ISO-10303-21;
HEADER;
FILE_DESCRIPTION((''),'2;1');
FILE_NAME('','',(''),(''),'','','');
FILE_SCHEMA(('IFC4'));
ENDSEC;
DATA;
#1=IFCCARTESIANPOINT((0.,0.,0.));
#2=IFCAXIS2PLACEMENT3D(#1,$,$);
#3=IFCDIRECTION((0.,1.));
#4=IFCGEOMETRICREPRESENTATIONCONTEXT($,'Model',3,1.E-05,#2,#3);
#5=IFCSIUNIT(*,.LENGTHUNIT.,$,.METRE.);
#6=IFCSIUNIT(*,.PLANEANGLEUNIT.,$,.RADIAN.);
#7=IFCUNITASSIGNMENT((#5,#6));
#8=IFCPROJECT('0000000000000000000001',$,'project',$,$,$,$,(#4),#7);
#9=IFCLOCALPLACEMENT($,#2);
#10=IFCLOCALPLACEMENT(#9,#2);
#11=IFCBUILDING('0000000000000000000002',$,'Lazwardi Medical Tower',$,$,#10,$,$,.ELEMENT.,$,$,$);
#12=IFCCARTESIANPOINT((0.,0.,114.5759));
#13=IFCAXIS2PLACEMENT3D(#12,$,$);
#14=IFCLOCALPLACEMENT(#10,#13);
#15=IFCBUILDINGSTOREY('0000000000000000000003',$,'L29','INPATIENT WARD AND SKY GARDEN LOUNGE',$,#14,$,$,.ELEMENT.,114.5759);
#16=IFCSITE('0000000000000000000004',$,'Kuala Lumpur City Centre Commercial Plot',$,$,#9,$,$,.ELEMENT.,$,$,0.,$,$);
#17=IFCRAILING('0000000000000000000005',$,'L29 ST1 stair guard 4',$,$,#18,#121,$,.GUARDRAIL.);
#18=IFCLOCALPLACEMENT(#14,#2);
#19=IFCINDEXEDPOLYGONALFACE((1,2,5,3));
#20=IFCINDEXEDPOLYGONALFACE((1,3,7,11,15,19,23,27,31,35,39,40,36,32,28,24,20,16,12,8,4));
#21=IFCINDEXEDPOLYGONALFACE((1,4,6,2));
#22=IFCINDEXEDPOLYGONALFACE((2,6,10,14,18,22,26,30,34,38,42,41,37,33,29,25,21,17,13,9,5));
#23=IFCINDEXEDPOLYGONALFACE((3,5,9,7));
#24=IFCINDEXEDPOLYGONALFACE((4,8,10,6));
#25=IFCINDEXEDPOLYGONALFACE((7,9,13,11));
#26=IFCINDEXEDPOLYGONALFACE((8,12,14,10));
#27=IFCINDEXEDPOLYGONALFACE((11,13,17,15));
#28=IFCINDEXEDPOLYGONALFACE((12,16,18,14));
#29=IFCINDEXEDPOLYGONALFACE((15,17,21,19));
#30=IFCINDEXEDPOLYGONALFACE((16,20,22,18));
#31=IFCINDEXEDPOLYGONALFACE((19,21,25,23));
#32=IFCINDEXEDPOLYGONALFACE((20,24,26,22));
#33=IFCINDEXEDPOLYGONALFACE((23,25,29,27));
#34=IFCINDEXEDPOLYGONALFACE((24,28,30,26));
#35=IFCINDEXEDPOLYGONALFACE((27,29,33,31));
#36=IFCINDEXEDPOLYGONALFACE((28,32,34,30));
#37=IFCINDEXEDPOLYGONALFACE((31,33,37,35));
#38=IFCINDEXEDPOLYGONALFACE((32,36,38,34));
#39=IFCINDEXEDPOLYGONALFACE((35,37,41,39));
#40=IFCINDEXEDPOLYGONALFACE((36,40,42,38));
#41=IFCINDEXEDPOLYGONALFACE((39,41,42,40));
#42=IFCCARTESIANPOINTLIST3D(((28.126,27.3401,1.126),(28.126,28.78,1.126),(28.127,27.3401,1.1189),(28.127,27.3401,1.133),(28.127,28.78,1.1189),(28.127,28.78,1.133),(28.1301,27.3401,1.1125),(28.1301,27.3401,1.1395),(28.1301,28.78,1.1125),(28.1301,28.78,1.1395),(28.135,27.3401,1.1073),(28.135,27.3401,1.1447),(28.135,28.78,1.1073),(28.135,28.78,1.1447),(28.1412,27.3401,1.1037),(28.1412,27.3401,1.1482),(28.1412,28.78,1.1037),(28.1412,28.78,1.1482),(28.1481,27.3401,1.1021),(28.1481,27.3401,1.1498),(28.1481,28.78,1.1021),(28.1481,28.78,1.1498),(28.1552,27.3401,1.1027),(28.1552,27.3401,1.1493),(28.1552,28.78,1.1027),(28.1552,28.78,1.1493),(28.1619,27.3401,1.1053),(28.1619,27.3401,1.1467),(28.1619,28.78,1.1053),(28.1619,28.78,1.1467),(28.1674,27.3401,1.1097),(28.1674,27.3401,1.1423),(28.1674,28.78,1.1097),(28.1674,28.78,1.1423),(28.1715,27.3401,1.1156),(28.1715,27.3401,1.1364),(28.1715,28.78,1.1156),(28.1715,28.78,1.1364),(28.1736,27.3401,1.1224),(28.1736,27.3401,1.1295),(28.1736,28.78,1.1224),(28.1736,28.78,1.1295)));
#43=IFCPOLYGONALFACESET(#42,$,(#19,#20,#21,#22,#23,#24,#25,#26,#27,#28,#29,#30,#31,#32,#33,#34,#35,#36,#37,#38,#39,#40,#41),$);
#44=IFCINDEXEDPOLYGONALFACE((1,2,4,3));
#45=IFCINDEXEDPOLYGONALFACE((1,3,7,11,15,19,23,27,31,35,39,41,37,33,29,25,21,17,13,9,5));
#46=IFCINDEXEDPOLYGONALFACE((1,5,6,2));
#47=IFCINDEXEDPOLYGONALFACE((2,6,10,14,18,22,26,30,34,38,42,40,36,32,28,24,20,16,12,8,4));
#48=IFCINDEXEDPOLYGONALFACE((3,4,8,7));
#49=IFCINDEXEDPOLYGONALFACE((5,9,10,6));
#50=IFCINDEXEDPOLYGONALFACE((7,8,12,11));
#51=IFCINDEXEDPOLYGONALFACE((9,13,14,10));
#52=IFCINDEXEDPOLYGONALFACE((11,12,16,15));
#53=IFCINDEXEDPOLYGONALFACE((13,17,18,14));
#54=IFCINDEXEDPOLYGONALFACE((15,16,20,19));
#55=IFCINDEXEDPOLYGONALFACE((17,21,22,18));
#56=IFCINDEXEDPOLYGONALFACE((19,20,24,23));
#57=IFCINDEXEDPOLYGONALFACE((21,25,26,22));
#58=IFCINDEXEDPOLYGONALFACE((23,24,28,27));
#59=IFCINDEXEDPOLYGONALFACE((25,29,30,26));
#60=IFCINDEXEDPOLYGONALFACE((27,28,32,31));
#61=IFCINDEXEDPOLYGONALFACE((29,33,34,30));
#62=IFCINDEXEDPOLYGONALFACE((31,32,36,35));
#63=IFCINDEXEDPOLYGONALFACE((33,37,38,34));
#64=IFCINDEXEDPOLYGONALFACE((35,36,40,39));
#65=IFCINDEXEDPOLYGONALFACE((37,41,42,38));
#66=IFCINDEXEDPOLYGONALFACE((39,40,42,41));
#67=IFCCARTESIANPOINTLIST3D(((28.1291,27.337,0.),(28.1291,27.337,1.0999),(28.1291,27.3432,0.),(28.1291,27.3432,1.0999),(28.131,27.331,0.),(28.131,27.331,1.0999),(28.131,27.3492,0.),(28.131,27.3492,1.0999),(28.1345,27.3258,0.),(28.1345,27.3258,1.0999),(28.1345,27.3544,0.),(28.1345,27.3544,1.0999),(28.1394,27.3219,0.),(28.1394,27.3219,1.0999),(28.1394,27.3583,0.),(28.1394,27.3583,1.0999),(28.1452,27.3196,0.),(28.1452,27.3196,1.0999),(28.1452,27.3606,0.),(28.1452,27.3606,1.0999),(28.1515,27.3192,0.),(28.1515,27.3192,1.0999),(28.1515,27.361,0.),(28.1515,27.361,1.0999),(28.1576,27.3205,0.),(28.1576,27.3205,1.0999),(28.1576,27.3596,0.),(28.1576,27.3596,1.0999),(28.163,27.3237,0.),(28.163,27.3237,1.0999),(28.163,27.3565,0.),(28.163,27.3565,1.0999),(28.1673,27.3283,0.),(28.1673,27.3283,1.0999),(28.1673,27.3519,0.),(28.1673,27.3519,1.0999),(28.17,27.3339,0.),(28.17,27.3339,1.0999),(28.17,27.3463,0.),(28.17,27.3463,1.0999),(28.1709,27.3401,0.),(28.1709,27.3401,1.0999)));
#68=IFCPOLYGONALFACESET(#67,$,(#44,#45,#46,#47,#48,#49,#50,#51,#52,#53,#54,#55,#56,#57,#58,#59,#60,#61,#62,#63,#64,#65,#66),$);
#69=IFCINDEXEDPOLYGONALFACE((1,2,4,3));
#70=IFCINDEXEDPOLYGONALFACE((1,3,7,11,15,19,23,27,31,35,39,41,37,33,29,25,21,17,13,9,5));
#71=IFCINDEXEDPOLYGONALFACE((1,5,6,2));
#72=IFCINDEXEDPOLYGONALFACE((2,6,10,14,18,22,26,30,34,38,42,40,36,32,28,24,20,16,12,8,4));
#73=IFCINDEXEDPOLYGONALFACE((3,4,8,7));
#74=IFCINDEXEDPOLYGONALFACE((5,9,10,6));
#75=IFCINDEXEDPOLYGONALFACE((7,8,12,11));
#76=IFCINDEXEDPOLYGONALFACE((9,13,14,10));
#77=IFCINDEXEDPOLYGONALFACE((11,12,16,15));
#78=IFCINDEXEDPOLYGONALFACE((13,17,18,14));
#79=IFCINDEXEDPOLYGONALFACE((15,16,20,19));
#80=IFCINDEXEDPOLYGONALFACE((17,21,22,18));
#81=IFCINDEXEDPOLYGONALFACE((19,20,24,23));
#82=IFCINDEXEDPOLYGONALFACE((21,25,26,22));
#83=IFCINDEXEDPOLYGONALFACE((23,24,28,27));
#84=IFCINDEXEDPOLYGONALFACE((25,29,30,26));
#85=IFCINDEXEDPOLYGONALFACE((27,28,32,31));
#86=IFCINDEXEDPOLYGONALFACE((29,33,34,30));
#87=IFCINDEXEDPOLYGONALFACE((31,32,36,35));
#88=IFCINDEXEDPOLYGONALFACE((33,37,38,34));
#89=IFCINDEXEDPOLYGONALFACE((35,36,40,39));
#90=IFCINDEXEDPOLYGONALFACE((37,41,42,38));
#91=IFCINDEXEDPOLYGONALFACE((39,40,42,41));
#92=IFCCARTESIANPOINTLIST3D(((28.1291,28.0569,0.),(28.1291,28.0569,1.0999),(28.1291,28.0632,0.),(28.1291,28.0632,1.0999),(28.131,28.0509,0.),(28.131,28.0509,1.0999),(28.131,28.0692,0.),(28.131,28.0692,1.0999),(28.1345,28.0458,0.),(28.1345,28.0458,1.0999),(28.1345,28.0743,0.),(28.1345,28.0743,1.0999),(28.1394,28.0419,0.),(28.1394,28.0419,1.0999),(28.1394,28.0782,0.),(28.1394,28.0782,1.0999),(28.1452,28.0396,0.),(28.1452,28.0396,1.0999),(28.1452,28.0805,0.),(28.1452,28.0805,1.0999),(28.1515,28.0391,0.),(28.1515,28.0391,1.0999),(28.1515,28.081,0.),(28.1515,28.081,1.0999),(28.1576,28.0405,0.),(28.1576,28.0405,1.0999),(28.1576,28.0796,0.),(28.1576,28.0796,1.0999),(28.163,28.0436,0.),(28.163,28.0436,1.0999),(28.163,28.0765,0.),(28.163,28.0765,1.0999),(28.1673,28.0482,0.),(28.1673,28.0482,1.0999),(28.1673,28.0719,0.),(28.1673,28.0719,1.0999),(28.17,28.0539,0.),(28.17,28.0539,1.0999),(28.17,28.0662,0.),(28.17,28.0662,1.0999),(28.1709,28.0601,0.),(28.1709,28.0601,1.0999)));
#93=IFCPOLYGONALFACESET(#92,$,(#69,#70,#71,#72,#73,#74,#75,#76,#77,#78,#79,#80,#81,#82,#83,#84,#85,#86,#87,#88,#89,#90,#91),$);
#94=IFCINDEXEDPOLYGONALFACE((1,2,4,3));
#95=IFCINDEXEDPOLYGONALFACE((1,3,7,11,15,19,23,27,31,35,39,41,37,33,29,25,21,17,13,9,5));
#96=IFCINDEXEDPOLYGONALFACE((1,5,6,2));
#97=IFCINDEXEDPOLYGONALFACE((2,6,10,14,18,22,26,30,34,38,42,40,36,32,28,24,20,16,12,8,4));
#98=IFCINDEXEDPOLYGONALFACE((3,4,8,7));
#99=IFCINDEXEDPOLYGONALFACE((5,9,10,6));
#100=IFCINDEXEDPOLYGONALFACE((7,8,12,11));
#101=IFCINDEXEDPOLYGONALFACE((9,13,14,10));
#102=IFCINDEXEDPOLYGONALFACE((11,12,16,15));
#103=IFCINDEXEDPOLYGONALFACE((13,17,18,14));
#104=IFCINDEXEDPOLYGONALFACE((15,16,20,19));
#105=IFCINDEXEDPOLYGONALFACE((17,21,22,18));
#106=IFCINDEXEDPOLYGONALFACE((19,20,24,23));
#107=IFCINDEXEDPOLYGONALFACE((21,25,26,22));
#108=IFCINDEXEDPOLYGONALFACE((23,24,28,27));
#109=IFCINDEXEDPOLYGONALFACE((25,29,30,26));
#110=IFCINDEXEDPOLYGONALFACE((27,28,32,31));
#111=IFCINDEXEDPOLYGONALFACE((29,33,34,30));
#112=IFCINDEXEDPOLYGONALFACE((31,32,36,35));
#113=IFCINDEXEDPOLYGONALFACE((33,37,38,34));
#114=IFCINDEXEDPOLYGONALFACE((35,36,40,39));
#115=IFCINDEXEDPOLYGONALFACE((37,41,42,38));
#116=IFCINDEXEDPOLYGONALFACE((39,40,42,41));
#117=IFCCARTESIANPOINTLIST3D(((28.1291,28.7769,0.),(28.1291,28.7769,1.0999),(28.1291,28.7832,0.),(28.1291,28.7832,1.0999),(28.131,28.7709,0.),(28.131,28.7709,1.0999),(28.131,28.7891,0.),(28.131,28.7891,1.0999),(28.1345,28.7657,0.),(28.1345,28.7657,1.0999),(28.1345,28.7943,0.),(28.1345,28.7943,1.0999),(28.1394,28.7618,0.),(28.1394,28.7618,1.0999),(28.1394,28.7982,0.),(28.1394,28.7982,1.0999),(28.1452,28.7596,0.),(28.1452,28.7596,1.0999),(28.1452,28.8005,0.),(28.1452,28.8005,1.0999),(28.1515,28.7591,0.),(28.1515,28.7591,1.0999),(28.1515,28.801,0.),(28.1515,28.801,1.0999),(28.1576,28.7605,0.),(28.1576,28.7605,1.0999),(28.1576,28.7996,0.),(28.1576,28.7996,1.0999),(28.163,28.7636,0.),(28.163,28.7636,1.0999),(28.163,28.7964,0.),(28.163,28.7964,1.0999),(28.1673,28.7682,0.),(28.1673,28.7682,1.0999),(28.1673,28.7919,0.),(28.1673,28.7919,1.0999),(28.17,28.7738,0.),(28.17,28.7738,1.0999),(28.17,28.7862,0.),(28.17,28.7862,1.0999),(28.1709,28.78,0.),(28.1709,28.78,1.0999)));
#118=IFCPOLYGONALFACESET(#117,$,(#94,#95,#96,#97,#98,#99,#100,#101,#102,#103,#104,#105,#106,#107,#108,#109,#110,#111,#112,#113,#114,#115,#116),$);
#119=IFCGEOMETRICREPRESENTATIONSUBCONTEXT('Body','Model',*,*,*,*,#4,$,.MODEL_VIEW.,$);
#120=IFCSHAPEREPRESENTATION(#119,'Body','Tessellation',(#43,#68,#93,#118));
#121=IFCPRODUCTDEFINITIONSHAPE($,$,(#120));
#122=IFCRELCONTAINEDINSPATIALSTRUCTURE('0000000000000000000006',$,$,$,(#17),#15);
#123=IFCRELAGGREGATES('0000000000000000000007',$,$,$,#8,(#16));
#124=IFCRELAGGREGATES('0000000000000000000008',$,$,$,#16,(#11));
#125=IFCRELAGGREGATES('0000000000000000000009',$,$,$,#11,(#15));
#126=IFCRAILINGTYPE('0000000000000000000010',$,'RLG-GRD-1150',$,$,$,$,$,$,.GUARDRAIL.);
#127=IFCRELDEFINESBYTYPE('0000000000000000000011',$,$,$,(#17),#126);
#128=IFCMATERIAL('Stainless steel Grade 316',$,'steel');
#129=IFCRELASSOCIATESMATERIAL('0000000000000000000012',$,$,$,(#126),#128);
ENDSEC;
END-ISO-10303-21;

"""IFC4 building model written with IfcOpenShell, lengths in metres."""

from ifc_helpers import new_model, si_unit, direction, frame, origin, origin_2d, place, context, subcontext, project, spatial, circle, extrude, material, type_object, element, save


model = new_model("IFC4")

# Units and contexts
model_context = context("Model", 3, precision=1e-05, world=origin(), true_north=direction((0.0, 1.0)))
body_context = subcontext(model_context, "Body", "Model", "MODEL_VIEW")
ifc_project = project(units=[si_unit("LENGTHUNIT", "METRE"), si_unit("PLANEANGLEUNIT", "RADIAN")], contexts=[model_context])

# Site, building, storey
site_placement = place(None, origin())
site = spatial("IfcSite", under=ifc_project, at=site_placement, Name="Kuala Lumpur City Centre Commercial Plot", CompositionType="ELEMENT", RefElevation=0.0)
building_placement = place(site_placement, origin())
building = spatial("IfcBuilding", under=site, at=building_placement, Name="Lazwardi Medical Tower", CompositionType="ELEMENT")
storey_placement = place(building_placement, frame((0.0, 0.0, 114.5759)))
storey = spatial("IfcBuildingStorey", under=building, at=storey_placement, Name="L29", Description="INPATIENT WARD AND SKY GARDEN LOUNGE", CompositionType="ELEMENT", Elevation=114.5759)

# Railing
ifc_material_1 = material(Name="Stainless steel Grade 316", Category="steel")
railing_type_1 = type_object("IfcRailingType", Name="RLG-GRD-1150", PredefinedType="GUARDRAIL", material=ifc_material_1)
railing_1_placement = place(storey_placement, frame((28.1499, 27.3401, 0.0)))
element("IfcRailing", 1, at=railing_1_placement, inside=storey, type_object=railing_type_1, Name="L29 ST1 stair guard 4", PredefinedType="GUARDRAIL", context=body_context, shape_type="SweptSolid", body=[
    extrude(circle(Radius=0.0239, at=origin_2d()), frame((0.0, 0.0, 1.126), z_axis=(0.0, 1.0, 0.0), x_axis=(-1.0, 0.0, 0.0)), (0.0, 0.0, 1.0), 1.4399),
    extrude(circle(Radius=0.021, at=origin_2d()), origin(), (0.0, 0.0, 1.0), 1.0999),
    extrude(circle(Radius=0.021, at=origin_2d()), frame((0.0, 0.72, 0.0)), (0.0, 0.0, 1.0), 1.0999),
    extrude(circle(Radius=0.021, at=origin_2d()), frame((0.0, 1.4399, 0.0)), (0.0, 0.0, 1.0), 1.0999),
])

save(model, "model.ifc")
